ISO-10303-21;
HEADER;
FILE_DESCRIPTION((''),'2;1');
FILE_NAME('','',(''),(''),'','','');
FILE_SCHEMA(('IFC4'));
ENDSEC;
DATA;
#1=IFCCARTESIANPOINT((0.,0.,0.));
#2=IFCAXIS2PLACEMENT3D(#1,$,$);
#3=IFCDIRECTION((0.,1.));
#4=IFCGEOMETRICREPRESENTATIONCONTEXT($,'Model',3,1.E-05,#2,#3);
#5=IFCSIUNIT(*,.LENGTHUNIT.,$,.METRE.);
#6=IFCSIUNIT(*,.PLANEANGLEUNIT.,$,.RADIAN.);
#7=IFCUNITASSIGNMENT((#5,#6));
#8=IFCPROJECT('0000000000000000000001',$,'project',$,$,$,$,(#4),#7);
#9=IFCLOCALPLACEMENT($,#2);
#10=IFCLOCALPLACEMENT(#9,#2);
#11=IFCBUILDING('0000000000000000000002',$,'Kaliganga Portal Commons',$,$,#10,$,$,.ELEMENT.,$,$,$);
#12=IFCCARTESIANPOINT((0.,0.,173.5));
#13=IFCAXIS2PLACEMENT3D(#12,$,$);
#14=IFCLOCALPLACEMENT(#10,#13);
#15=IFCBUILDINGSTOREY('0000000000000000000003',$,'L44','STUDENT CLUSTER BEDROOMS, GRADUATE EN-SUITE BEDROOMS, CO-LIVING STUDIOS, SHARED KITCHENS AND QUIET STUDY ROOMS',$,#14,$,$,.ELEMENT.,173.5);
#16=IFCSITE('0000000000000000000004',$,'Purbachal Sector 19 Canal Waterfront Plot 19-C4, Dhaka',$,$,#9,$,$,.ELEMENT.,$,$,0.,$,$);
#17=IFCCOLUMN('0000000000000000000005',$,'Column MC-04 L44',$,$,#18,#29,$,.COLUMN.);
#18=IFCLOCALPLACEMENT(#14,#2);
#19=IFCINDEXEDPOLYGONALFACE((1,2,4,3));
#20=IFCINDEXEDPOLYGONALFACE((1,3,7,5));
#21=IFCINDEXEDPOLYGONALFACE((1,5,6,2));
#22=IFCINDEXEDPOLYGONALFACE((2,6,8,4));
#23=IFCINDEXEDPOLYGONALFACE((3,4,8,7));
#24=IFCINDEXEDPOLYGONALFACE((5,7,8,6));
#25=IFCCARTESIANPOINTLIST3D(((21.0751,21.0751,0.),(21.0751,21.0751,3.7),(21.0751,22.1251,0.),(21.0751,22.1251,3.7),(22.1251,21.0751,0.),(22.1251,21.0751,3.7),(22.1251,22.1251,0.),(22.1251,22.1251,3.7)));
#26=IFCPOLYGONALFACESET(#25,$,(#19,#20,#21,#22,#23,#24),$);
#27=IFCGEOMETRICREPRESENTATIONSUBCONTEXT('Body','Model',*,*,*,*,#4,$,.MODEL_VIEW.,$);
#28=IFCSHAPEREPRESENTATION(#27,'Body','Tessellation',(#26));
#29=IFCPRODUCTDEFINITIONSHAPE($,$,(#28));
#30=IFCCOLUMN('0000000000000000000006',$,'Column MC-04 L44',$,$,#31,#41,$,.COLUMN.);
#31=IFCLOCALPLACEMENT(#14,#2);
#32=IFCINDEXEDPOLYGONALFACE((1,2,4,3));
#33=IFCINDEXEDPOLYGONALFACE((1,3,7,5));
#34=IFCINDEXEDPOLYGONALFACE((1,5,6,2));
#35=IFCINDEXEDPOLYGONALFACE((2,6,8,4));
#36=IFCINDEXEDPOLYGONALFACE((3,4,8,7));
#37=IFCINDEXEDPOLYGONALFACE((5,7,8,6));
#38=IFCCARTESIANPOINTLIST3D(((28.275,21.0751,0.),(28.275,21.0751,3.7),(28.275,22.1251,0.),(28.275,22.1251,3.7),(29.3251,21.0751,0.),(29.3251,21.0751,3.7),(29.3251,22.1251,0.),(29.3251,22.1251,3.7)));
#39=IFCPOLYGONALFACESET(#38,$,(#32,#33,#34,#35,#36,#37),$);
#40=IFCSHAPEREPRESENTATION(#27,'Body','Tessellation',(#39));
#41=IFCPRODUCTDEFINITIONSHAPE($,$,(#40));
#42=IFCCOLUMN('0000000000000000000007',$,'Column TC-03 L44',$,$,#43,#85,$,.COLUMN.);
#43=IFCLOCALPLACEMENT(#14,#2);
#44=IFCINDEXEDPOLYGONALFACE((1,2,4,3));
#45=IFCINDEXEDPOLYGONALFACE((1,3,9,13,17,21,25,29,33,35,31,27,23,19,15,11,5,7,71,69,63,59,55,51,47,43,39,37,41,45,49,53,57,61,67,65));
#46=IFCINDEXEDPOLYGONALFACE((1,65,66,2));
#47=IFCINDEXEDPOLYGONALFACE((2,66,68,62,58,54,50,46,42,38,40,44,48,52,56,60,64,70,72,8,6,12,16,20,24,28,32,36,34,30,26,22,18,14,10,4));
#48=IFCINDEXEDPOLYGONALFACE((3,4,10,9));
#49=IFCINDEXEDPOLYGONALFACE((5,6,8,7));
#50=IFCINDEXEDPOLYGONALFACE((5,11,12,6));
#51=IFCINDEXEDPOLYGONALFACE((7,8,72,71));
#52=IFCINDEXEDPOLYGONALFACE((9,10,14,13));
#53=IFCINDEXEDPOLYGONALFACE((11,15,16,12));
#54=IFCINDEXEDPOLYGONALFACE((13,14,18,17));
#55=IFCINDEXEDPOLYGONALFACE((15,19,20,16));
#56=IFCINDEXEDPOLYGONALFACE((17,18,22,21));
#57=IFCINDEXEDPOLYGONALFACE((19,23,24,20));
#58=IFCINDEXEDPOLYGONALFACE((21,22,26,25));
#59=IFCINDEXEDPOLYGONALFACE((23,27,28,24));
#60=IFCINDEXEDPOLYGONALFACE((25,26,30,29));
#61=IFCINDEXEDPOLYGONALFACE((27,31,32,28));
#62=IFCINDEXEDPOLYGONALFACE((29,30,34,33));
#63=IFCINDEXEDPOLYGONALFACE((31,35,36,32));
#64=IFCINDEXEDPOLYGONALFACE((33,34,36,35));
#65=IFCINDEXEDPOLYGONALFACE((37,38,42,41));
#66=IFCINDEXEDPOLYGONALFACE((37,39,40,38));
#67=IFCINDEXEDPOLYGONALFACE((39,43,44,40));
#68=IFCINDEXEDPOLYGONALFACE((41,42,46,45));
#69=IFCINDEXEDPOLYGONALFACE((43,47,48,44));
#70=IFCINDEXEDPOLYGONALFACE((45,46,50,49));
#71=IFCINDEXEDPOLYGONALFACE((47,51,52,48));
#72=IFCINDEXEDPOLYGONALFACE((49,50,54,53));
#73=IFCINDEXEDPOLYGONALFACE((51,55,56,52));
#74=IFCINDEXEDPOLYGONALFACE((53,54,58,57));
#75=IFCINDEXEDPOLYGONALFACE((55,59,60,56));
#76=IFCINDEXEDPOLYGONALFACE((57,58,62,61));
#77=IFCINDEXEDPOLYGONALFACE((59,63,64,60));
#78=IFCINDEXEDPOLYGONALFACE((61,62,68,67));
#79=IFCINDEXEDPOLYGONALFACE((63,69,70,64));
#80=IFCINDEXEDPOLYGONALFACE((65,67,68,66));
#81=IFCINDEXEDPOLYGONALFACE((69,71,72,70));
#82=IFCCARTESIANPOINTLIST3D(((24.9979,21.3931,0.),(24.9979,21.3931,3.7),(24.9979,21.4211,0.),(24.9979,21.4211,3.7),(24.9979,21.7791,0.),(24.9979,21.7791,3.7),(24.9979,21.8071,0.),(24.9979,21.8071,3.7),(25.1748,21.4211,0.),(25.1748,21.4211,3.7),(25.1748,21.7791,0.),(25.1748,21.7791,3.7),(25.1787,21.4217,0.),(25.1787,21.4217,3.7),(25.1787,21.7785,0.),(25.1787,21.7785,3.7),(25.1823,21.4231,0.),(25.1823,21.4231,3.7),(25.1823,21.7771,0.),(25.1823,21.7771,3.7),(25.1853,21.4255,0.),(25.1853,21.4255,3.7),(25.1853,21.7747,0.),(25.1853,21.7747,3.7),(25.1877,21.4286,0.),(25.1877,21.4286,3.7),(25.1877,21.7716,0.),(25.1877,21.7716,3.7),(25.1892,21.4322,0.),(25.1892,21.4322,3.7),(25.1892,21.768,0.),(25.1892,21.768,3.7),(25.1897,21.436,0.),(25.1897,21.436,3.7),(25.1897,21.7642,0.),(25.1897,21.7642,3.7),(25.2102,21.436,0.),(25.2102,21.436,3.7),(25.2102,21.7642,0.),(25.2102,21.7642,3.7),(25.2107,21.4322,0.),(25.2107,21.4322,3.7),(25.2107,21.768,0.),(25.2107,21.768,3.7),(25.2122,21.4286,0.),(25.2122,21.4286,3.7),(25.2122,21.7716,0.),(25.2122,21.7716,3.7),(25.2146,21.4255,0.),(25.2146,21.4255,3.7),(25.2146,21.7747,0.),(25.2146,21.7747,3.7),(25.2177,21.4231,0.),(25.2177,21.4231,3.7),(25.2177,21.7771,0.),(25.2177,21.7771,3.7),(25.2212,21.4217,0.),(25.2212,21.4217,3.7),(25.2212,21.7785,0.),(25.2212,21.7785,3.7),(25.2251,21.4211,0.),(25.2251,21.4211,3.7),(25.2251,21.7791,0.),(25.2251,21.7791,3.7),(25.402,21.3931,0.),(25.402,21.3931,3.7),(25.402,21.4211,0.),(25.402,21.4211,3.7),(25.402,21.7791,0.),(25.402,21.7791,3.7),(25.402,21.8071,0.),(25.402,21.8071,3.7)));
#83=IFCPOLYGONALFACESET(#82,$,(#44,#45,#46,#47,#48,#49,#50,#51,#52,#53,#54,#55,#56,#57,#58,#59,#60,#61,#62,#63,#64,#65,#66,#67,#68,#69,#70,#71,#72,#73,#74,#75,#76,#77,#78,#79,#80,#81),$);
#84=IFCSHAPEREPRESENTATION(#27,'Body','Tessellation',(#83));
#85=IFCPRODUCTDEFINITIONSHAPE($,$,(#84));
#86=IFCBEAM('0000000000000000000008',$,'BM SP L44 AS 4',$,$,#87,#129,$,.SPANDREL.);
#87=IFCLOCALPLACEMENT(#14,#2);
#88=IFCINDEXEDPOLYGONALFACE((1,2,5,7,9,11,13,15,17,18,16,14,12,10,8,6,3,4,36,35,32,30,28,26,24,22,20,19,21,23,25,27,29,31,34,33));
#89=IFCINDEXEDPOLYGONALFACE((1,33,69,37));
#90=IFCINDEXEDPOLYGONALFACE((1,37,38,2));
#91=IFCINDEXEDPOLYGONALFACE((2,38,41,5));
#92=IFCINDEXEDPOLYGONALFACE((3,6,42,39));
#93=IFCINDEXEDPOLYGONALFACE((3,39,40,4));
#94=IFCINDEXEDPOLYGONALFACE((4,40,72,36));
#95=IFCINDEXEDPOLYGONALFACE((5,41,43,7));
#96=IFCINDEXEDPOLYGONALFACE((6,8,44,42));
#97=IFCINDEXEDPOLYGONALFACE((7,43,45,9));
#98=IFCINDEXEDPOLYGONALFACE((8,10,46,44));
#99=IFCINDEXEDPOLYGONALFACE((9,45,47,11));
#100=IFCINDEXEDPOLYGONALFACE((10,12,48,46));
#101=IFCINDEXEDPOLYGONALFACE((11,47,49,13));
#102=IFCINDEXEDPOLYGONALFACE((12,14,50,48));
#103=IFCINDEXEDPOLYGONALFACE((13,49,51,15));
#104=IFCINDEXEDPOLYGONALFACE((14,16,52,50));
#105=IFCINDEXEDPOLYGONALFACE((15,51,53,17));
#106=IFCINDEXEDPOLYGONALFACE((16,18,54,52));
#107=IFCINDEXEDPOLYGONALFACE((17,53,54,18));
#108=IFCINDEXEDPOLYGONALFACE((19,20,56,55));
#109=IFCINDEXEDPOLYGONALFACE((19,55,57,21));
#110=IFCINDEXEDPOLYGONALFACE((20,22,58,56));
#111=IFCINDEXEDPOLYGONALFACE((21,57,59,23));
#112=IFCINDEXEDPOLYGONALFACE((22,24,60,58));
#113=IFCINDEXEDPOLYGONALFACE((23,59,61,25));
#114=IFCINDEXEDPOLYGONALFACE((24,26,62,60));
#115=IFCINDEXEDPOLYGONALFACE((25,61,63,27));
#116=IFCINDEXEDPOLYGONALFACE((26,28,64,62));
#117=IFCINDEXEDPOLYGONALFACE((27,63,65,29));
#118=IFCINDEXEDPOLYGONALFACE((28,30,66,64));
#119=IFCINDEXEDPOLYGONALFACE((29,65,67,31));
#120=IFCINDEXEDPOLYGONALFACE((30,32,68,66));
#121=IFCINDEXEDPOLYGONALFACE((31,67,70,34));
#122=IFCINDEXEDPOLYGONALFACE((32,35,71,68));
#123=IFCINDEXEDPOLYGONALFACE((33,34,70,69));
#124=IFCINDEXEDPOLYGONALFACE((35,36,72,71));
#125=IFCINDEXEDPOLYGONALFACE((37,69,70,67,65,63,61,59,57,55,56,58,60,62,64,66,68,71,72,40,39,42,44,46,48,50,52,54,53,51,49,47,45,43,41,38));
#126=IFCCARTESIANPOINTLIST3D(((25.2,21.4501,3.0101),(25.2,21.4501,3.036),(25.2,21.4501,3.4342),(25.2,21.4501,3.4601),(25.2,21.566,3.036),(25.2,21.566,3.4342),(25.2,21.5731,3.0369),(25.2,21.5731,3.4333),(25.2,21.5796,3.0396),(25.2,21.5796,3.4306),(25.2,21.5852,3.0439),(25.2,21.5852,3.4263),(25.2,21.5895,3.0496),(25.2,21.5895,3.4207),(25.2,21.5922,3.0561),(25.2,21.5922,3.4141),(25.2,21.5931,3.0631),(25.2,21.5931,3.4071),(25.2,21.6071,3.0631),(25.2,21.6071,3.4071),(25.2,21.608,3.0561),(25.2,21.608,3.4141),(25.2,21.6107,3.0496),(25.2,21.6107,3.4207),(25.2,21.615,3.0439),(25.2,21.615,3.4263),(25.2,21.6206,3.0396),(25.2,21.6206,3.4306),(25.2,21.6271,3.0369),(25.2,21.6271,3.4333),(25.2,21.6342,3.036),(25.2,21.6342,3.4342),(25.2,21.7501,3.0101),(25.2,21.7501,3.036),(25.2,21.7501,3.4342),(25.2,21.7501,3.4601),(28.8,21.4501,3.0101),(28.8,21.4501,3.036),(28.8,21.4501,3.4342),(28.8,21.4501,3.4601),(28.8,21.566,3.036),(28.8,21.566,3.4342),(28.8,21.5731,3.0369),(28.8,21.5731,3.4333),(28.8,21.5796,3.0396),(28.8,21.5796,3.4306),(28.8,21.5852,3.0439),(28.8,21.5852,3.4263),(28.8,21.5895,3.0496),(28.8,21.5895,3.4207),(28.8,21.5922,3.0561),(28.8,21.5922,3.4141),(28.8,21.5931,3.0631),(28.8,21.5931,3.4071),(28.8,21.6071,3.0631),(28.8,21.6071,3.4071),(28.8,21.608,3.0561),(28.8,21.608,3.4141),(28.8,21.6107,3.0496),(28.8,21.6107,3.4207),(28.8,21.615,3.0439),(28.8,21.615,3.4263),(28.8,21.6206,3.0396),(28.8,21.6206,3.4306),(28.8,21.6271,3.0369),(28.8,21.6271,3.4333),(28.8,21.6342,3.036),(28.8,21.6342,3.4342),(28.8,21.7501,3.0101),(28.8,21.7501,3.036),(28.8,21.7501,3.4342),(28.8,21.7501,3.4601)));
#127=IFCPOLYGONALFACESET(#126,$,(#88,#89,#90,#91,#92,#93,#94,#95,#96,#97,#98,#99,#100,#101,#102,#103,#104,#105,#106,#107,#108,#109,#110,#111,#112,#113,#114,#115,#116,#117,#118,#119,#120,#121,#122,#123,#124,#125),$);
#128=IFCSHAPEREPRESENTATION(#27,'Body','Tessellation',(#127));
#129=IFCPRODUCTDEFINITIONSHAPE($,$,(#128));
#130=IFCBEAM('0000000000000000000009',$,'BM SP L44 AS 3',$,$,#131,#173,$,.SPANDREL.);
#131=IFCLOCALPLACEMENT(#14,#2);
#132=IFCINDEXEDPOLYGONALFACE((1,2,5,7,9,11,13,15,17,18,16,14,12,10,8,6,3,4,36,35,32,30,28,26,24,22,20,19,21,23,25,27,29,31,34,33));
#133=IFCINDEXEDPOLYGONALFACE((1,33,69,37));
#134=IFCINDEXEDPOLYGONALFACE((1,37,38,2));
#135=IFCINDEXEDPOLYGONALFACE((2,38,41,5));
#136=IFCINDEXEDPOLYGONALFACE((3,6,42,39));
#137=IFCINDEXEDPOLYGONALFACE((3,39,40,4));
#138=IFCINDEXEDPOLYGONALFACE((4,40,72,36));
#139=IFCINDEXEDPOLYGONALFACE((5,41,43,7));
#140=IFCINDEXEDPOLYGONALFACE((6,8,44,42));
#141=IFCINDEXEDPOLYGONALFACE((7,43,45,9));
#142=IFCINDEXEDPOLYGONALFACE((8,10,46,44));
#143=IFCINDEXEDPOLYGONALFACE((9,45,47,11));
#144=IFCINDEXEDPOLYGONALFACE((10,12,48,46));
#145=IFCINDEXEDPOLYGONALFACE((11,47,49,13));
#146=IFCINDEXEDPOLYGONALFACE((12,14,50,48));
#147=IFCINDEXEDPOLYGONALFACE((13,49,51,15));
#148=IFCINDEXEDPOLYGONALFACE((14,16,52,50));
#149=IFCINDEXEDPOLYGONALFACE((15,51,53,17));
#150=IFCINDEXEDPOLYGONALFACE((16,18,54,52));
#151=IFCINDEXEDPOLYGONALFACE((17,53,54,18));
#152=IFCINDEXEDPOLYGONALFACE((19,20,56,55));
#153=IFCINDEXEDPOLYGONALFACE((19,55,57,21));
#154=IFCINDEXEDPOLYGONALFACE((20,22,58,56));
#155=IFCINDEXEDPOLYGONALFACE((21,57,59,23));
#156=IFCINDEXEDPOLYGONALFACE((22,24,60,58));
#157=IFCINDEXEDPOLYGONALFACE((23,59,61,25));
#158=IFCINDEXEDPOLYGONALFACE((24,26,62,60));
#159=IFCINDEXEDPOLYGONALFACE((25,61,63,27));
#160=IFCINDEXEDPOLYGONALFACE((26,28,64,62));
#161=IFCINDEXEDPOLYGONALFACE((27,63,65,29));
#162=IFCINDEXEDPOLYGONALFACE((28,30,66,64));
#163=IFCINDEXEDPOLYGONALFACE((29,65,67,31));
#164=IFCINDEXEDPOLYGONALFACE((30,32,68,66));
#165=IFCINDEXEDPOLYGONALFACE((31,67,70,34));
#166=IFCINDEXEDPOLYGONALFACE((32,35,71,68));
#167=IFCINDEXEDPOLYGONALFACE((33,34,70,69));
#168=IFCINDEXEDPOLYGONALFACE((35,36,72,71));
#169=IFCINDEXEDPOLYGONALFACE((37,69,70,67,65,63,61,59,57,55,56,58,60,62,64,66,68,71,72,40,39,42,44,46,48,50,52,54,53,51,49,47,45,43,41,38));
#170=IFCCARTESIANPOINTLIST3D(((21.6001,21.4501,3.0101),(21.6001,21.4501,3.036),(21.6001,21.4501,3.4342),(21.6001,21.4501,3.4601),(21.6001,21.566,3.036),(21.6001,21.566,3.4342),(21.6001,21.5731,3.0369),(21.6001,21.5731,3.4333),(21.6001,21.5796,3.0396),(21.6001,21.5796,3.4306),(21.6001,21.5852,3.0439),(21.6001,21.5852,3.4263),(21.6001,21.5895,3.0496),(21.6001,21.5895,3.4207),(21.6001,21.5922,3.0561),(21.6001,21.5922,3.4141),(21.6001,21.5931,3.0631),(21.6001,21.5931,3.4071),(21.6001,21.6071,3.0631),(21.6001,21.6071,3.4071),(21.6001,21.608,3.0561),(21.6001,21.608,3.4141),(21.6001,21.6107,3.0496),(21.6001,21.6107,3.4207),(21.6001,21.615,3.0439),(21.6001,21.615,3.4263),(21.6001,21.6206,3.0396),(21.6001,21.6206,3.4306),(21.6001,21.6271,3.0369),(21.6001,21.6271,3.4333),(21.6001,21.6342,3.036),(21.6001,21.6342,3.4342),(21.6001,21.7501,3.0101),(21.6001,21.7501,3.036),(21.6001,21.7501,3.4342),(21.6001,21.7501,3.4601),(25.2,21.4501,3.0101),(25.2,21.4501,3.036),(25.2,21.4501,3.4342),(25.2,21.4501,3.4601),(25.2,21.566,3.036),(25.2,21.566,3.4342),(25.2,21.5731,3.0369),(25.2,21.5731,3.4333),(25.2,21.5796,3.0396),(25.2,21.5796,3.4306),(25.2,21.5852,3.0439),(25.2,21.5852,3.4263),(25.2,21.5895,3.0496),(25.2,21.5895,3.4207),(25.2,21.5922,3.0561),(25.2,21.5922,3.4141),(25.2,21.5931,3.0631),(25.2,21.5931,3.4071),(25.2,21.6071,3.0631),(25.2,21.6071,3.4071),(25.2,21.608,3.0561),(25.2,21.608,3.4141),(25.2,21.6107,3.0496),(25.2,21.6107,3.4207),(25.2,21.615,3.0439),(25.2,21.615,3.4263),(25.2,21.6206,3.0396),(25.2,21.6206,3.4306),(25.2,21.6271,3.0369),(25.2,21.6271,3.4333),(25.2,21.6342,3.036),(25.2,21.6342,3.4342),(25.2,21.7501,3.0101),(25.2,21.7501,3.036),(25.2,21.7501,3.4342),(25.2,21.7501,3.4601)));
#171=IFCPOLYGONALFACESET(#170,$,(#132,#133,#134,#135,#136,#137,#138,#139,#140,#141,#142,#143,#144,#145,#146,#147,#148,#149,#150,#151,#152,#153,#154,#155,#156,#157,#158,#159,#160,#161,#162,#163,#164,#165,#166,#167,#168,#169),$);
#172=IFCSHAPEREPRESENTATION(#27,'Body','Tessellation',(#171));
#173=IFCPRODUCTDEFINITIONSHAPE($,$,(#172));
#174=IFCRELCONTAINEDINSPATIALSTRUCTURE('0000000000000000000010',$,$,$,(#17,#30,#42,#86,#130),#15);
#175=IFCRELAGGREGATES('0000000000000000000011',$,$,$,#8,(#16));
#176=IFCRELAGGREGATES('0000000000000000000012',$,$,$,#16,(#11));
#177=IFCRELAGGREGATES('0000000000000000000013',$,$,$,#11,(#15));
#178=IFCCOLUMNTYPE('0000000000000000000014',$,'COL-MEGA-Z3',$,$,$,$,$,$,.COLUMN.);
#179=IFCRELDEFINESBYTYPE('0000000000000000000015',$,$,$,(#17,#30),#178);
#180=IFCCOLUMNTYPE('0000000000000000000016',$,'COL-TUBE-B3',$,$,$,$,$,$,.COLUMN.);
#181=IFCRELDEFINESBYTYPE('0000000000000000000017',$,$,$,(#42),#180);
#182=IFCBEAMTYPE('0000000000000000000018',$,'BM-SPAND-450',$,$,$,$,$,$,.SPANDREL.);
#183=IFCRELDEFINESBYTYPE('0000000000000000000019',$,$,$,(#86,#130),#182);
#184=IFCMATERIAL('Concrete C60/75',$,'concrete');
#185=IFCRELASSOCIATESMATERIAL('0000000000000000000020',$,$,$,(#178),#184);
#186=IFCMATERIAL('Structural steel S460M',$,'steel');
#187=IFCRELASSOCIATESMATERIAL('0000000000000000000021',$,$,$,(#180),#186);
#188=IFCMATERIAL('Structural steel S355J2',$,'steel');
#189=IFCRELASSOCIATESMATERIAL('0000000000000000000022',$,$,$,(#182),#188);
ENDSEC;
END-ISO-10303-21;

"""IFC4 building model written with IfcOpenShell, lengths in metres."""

from ifc_helpers import new_model, si_unit, direction, frame, origin, origin_2d, place, context, subcontext, project, spatial, rectangle, i_section, extrude, source, transform, mapped, material, material_profile, profile_set, type_object, element, save


model = new_model("IFC4")

# Units and contexts
model_context = context("Model", 3, precision=1e-05, world=origin(), true_north=direction((0.0, 1.0)))
body_context = subcontext(model_context, "Body", "Model", "MODEL_VIEW")
ifc_project = project(units=[si_unit("LENGTHUNIT", "METRE"), si_unit("PLANEANGLEUNIT", "RADIAN")], contexts=[model_context])

# Site, building, storey
site_placement = place(None, origin())
site = spatial("IfcSite", under=ifc_project, at=site_placement, Name="Purbachal Sector 19 Canal Waterfront Plot 19-C4, Dhaka", CompositionType="ELEMENT", RefElevation=0.0)
building_placement = place(site_placement, origin())
building = spatial("IfcBuilding", under=site, at=building_placement, Name="Kaliganga Portal Commons", CompositionType="ELEMENT")
storey_placement = place(building_placement, frame((0.0, 0.0, 173.5)))
storey = spatial("IfcBuildingStorey", under=building, at=storey_placement, Name="L44", Description="STUDENT CLUSTER BEDROOMS, GRADUATE EN-SUITE BEDROOMS, CO-LIVING STUDIOS, SHARED KITCHENS AND QUIET STUDY ROOMS", CompositionType="ELEMENT", Elevation=173.5)

# Columns
ifc_material_1 = material(Name="Concrete C60/75", Category="concrete")
ifc_material_profile_1 = material_profile(ifc_material_1, rectangle(XDim=1.05, YDim=1.05, at=origin_2d()), Name="RC 1050x1050")
ifc_profile_set_1 = profile_set([ifc_material_profile_1], Name="Concrete C60/75")
column_type_1 = type_object("IfcColumnType", Name="COL-MEGA-Z3", PredefinedType="COLUMN", material=ifc_profile_set_1)
shared_shape_1 = source(origin(), body_context, "Body", "SweptSolid", [
    extrude(rectangle(XDim=1.05, YDim=1.05, at=origin_2d()), origin(), (0.0, 0.0, 1.0), 3.7),
])
for number, where, z_axis, x_axis, name in (
    (1, (21.6001, 21.6001, 0.0), (0.0, 0.0, 1.0), (1.0, 0.0, 0.0), "Column MC-04 L44"),
    (2, (28.8, 21.6001, 0.0), (0.0, 0.0, 1.0), (1.0, 0.0, 0.0), "Column MC-04 L44"),
):
    element("IfcColumn", number, at=place(storey_placement, frame(where, z_axis=z_axis, x_axis=x_axis)), inside=storey, type_object=column_type_1, Name=name, PredefinedType="COLUMN", context=body_context, shape_type="MappedRepresentation", body=[
        mapped(shared_shape_1, transform((0.0, 0.0, 0.0), x_axis=(1.0, 0.0, 0.0), y_axis=(0.0, 1.0, 0.0), z_axis=(0.0, 0.0, 1.0), scale=1.0)),
    ])
ifc_material_2 = material(Name="Structural steel S460M", Category="steel")
ifc_material_profile_2 = material_profile(ifc_material_2, i_section(OverallWidth=0.4041, OverallDepth=0.4141, WebThickness=0.0205, FlangeThickness=0.0281, FilletRadius=0.0149, at=origin_2d()), Name="HD 400x347")
ifc_profile_set_2 = profile_set([ifc_material_profile_2], Name="Structural steel S460M wide-flange")
column_type_2 = type_object("IfcColumnType", Name="COL-TUBE-B3", PredefinedType="COLUMN", material=ifc_profile_set_2)
shared_shape_2 = source(origin(), body_context, "Body", "SweptSolid", [
    extrude(i_section(OverallWidth=0.4041, OverallDepth=0.4141, WebThickness=0.0205, FlangeThickness=0.0281, FilletRadius=0.0149, at=origin_2d()), origin(), (0.0, 0.0, 1.0), 3.7),
])
column_placement = place(storey_placement, frame((25.2, 21.6001, 0.0), z_axis=(0.0, 0.0, 1.0), x_axis=(1.0, 0.0, 0.0)))
element("IfcColumn", 3, at=column_placement, inside=storey, type_object=column_type_2, Name="Column TC-03 L44", PredefinedType="COLUMN", context=body_context, shape_type="MappedRepresentation", body=[
    mapped(shared_shape_2, transform((0.0, 0.0, 0.0), x_axis=(1.0, 0.0, 0.0), y_axis=(0.0, 1.0, 0.0), z_axis=(0.0, 0.0, 1.0), scale=1.0)),
])

# Beams
ifc_material_3 = material(Name="Structural steel S355J2", Category="steel")
ifc_material_profile_3 = material_profile(ifc_material_3, i_section(OverallWidth=0.3, OverallDepth=0.45, WebThickness=0.0139, FlangeThickness=0.0259, FilletRadius=0.0271, at=origin_2d()), Name="HE 450 B")
ifc_profile_set_3 = profile_set([ifc_material_profile_3], Name="Structural steel S355J2 wide-flange")
beam_type_1 = type_object("IfcBeamType", Name="BM-SPAND-450", PredefinedType="SPANDREL", material=ifc_profile_set_3)
shared_shape_3 = source(origin(), body_context, "Body", "SweptSolid", [
    extrude(i_section(OverallWidth=0.3, OverallDepth=0.45, WebThickness=0.0139, FlangeThickness=0.0259, FilletRadius=0.0271, at=origin_2d()), origin(), (0.0, 0.0, 1.0), 3.6001),
])
beam_1_placement = place(storey_placement, frame((25.2, 21.6001, 3.2351), z_axis=(1.0, 0.0, 0.0), x_axis=(0.0, 1.0, 0.0)))
element("IfcBeam", 4, at=beam_1_placement, inside=storey, type_object=beam_type_1, Name="BM SP L44 AS 4", PredefinedType="SPANDREL", context=body_context, shape_type="MappedRepresentation", body=[
    mapped(shared_shape_3, transform((0.0, 0.0, 0.0), x_axis=(1.0, 0.0, 0.0), y_axis=(0.0, 1.0, 0.0), z_axis=(0.0, 0.0, 1.0), scale=1.0)),
])
shared_shape_4 = source(origin(), body_context, "Body", "SweptSolid", [
    extrude(i_section(OverallWidth=0.3, OverallDepth=0.45, WebThickness=0.0139, FlangeThickness=0.0259, FilletRadius=0.0271, at=origin_2d()), origin(), (0.0, 0.0, 1.0), 3.5999),
])
beam_2_placement = place(storey_placement, frame((21.6001, 21.6001, 3.2351), z_axis=(1.0, 0.0, 0.0), x_axis=(0.0, 1.0, 0.0)))
element("IfcBeam", 5, at=beam_2_placement, inside=storey, type_object=beam_type_1, Name="BM SP L44 AS 3", PredefinedType="SPANDREL", context=body_context, shape_type="MappedRepresentation", body=[
    mapped(shared_shape_4, transform((0.0, 0.0, 0.0), x_axis=(1.0, 0.0, 0.0), y_axis=(0.0, 1.0, 0.0), z_axis=(0.0, 0.0, 1.0), scale=1.0)),
])

save(model, "model.ifc")
